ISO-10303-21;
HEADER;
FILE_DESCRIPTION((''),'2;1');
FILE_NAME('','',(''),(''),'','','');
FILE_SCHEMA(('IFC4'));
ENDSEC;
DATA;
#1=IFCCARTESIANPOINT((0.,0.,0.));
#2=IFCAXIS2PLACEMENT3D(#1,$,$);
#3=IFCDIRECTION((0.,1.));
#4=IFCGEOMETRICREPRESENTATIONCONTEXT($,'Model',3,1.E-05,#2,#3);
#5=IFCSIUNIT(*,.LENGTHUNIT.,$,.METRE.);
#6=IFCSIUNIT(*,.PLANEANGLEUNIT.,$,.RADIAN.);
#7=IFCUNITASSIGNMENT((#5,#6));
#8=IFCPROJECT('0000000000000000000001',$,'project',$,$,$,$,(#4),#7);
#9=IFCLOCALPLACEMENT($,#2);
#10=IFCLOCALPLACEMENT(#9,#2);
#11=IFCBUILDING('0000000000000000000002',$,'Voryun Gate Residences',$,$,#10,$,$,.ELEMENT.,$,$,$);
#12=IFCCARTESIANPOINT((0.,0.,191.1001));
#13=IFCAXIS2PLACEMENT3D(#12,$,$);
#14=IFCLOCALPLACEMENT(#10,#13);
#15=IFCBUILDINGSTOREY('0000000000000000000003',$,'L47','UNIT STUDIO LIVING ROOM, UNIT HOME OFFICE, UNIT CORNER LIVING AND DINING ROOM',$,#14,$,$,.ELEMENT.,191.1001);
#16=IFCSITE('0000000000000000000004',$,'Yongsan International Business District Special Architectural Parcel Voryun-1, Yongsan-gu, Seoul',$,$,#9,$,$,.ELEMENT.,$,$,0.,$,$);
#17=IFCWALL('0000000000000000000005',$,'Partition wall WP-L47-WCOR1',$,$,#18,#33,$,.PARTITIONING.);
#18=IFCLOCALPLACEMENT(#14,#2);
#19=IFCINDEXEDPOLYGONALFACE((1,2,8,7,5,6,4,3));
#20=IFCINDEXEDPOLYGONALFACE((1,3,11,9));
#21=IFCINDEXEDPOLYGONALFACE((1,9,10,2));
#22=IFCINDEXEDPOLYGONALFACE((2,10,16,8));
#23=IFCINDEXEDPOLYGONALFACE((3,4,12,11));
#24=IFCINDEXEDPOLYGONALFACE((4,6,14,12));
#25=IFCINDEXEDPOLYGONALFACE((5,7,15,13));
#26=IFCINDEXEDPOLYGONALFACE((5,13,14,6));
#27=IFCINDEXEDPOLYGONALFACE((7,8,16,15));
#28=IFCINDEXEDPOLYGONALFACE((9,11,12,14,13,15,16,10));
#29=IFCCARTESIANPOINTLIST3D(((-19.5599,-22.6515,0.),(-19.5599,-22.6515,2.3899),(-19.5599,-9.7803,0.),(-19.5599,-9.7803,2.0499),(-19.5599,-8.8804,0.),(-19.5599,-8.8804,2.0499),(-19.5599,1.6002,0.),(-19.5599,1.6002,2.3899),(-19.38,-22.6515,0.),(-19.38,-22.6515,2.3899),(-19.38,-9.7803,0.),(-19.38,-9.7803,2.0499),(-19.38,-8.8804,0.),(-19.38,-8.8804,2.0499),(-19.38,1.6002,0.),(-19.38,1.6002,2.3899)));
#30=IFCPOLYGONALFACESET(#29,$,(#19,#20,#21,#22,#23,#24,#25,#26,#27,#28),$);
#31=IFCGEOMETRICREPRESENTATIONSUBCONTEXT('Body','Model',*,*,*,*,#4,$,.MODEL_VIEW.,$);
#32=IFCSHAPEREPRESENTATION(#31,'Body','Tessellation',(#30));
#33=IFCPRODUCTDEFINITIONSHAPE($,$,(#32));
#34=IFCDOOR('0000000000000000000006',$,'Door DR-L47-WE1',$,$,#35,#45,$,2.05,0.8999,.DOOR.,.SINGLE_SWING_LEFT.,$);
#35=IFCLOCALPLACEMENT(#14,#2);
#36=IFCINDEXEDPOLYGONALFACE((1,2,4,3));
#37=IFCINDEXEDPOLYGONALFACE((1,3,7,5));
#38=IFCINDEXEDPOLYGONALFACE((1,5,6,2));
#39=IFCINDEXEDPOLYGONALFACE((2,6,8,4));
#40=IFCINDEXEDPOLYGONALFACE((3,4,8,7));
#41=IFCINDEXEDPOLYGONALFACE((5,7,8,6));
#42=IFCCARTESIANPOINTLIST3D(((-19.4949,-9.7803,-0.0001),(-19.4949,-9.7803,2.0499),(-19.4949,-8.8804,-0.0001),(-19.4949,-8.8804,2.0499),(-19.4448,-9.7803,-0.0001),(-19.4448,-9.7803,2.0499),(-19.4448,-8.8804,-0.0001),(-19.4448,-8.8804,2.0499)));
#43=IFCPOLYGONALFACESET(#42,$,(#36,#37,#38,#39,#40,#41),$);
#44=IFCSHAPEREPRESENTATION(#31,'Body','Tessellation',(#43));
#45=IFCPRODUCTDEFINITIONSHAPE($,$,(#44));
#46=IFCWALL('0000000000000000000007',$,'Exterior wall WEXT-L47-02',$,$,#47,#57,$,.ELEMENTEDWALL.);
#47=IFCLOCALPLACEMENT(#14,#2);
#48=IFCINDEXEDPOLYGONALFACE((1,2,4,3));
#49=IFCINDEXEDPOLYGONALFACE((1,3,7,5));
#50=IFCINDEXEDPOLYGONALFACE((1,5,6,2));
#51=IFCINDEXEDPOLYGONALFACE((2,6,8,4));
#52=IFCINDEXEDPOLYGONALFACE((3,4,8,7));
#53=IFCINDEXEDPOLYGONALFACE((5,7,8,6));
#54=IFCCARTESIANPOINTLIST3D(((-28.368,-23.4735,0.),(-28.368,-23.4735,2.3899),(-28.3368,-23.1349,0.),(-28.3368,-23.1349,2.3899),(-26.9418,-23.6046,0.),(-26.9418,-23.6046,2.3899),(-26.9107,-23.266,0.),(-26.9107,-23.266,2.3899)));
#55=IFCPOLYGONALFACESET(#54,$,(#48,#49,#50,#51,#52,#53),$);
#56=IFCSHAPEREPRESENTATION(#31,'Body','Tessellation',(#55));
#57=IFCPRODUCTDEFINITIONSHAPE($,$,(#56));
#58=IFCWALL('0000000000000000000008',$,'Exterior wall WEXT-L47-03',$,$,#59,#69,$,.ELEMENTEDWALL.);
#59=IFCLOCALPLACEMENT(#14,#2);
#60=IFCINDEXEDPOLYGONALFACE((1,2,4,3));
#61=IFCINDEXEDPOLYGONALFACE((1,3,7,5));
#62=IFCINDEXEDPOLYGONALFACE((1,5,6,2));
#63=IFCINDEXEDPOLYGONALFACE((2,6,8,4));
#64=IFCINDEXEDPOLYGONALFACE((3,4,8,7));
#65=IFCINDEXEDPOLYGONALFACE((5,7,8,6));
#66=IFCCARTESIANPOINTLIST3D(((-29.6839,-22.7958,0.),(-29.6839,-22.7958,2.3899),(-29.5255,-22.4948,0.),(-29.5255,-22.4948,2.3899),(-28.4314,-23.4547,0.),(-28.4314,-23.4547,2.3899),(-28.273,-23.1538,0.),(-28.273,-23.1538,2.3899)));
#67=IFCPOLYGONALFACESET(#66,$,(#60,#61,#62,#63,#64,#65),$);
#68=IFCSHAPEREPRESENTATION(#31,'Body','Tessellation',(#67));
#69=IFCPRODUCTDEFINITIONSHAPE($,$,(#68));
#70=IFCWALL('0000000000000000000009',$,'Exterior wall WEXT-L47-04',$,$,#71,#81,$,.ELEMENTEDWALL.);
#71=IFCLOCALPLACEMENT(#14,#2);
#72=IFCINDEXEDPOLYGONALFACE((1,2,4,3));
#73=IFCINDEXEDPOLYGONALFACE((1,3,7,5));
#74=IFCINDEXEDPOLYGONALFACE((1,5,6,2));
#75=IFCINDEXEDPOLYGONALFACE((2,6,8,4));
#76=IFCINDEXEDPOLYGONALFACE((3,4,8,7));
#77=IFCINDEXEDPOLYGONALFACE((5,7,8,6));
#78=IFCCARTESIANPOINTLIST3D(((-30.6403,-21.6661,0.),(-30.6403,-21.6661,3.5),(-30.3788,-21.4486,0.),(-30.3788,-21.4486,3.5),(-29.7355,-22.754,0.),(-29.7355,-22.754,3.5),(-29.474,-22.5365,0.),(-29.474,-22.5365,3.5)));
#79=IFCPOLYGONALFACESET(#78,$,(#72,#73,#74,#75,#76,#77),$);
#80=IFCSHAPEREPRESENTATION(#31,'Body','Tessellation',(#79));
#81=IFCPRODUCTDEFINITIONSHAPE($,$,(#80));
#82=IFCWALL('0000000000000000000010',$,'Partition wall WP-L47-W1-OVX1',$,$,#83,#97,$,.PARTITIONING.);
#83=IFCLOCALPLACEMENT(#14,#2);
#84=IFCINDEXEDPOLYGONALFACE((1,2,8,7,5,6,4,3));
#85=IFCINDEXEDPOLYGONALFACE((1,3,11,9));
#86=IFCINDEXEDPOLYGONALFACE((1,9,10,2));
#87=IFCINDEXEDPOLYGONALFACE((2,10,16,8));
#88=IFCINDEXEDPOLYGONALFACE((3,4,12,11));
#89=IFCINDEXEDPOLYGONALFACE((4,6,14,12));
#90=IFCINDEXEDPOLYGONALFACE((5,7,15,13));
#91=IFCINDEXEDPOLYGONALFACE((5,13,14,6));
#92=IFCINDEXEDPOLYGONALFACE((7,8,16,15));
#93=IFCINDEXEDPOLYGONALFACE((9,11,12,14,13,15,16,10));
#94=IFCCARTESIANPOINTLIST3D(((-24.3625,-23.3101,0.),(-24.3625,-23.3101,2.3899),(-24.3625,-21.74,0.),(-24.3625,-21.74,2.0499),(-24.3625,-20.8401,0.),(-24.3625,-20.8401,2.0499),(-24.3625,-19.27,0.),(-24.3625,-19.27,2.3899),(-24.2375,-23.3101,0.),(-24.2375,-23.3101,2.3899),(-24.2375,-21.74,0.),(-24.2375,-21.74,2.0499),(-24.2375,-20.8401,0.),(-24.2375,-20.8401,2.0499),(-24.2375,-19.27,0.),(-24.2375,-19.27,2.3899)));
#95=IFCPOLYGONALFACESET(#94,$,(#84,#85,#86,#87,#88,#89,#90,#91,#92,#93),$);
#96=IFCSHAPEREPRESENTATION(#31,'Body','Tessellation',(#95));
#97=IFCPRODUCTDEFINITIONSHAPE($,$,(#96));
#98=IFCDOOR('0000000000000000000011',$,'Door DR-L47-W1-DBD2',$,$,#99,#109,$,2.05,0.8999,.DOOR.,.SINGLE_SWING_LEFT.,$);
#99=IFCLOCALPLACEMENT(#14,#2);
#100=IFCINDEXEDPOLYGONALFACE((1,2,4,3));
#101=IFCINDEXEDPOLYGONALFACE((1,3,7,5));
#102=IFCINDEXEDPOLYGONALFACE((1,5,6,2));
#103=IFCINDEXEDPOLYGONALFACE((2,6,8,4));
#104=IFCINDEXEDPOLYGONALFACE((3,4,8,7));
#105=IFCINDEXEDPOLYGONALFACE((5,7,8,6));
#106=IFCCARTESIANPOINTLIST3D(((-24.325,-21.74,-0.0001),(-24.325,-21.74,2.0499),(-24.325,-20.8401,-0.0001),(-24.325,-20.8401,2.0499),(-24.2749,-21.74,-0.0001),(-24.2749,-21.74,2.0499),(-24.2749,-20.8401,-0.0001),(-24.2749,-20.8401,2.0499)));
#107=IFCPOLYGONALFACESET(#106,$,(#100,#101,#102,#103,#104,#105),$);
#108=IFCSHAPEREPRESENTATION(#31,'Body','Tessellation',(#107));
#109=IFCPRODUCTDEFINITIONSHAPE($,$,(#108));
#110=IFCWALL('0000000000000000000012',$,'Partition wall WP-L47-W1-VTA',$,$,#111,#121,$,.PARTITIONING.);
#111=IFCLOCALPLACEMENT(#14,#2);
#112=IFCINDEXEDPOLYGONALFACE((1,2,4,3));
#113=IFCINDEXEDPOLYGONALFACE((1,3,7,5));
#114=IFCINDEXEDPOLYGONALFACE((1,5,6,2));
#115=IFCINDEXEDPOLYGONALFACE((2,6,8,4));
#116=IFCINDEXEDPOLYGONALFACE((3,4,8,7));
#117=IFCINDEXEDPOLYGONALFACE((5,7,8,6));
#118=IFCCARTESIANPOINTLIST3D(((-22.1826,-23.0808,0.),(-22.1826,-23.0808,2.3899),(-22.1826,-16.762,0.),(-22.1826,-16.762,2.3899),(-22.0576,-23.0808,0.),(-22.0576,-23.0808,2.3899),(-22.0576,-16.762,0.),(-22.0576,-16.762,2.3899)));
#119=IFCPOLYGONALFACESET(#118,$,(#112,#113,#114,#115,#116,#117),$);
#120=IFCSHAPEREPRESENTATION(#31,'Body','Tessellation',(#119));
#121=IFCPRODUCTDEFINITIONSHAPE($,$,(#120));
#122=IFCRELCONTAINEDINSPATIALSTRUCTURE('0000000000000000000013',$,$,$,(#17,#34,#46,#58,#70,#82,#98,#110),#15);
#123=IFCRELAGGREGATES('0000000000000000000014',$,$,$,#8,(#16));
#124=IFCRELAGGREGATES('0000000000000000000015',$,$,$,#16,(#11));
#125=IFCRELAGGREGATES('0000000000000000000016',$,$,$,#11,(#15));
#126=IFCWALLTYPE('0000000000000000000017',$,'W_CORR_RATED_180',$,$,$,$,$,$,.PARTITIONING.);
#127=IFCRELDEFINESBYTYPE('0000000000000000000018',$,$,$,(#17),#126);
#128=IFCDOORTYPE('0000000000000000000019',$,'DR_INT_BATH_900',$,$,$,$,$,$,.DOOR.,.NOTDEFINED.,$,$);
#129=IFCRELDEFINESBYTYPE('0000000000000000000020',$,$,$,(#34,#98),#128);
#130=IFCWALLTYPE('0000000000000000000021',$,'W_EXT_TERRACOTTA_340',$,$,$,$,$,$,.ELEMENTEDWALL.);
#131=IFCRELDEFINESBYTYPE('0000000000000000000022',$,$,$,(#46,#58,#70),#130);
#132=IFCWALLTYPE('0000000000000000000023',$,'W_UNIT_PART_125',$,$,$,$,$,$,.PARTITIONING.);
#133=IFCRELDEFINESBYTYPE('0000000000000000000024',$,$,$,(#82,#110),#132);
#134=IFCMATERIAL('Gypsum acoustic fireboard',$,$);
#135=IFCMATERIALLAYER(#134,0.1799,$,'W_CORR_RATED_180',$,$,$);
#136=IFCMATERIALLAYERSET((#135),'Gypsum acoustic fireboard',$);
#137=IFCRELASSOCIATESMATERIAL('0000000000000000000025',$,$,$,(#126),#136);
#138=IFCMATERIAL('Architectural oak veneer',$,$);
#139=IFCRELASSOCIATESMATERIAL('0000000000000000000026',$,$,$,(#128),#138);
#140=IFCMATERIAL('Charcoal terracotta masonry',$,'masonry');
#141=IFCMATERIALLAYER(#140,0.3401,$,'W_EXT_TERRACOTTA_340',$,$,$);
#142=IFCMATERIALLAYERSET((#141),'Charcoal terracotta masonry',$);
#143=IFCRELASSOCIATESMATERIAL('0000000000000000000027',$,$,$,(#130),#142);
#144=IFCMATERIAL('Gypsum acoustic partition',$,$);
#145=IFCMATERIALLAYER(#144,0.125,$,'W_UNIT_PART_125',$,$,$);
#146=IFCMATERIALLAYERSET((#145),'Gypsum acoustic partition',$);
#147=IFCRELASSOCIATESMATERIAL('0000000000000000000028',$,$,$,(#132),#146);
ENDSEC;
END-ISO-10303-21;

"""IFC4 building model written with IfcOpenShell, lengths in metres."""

from ifc_helpers import new_model, si_unit, direction, frame, frame_2d, origin, place, context, subcontext, project, spatial, rectangle, extrude, material, layer, layer_set, type_object, element, fill, save


model = new_model("IFC4")

# Units and contexts
model_context = context("Model", 3, precision=1e-05, world=origin(), true_north=direction((0.0, 1.0)))
body_context = subcontext(model_context, "Body", "Model", "MODEL_VIEW")
ifc_project = project(units=[si_unit("LENGTHUNIT", "METRE"), si_unit("PLANEANGLEUNIT", "RADIAN")], contexts=[model_context])

# Site, building, storey
site_placement = place(None, origin())
site = spatial("IfcSite", under=ifc_project, at=site_placement, Name="Yongsan International Business District Special Architectural Parcel Voryun-1, Yongsan-gu, Seoul", CompositionType="ELEMENT", RefElevation=0.0)
building_placement = place(site_placement, origin())
building = spatial("IfcBuilding", under=site, at=building_placement, Name="Voryun Gate Residences", CompositionType="ELEMENT")
storey_placement = place(building_placement, frame((0.0, 0.0, 191.1001)))
storey = spatial("IfcBuildingStorey", under=building, at=storey_placement, Name="L47", Description="UNIT STUDIO LIVING ROOM, UNIT HOME OFFICE, UNIT CORNER LIVING AND DINING ROOM", CompositionType="ELEMENT", Elevation=191.1001)

# Wall, opening, door
ifc_material_1 = material(Name="Gypsum acoustic fireboard")
ifc_layer_1 = layer(ifc_material_1, 0.1799, Name="W_CORR_RATED_180")
ifc_layer_set_1 = layer_set([ifc_layer_1], Name="Gypsum acoustic fireboard")
wall_type_1 = type_object("IfcWallType", Name="W_CORR_RATED_180", PredefinedType="PARTITIONING", material=ifc_layer_set_1)
wall_1_placement = place(storey_placement, frame((-19.47, -22.6516, 0.0), z_axis=(0.0, 0.0, 1.0), x_axis=(0.0, 1.0, 0.0)))
wall_1 = element("IfcWall", 1, at=wall_1_placement, inside=storey, type_object=wall_type_1, Name="Partition wall WP-L47-WCOR1", PredefinedType="PARTITIONING", context=body_context, shape_type="SweptSolid", body=[
    extrude(rectangle(XDim=24.2517, YDim=0.1799, at=frame_2d((12.126, 0.0))), origin(), (0.0, 0.0, 1.0), 2.3899),
])
opening_1_placement = place(wall_1_placement, frame((12.8713, 0.0, 0.0)))
opening_1 = element("IfcOpeningElement", 2, at=opening_1_placement, cuts=wall_1, PredefinedType="OPENING", context=body_context, shape_type="SweptSolid", body=[
    extrude(rectangle(XDim=0.8999, YDim=2.05, at=frame_2d((0.45, 1.0249))), frame((0.0, 0.0999, 0.0), z_axis=(0.0, -1.0, 0.0), x_axis=(1.0, 0.0, 0.0)), (0.0, 0.0, 1.0), 0.2),
])
ifc_material_2 = material(Name="Architectural oak veneer")
door_type = type_object("IfcDoorType", Name="DR_INT_BATH_900", OperationType="NOTDEFINED", PredefinedType="DOOR", material=ifc_material_2)
door_1_placement = place(opening_1_placement, origin())
door_1 = element("IfcDoor", 3, at=door_1_placement, inside=storey, type_object=door_type, Name="Door DR-L47-WE1", OperationType="SINGLE_SWING_LEFT", OverallHeight=2.05, OverallWidth=0.8999, PredefinedType="DOOR", context=body_context, shape_type="SweptSolid", body=[
    extrude(rectangle(XDim=0.8999, YDim=2.05, at=frame_2d((0.45, 1.0249))), frame((0.0, 0.0249, 0.0), z_axis=(0.0, -1.0, 0.0), x_axis=(1.0, 0.0, 0.0)), (0.0, 0.0, 1.0), 0.05),
])
fill(opening_1, door_1)

# Walls
ifc_material_3 = material(Name="Charcoal terracotta masonry", Category="masonry")
ifc_layer_2 = layer(ifc_material_3, 0.3401, Name="W_EXT_TERRACOTTA_340")
ifc_layer_set_2 = layer_set([ifc_layer_2], Name="Charcoal terracotta masonry")
wall_type_2 = type_object("IfcWallType", Name="W_EXT_TERRACOTTA_340", PredefinedType="ELEMENTEDWALL", material=ifc_layer_set_2)
wall_2_placement = place(storey_placement, frame((-26.9263, -23.4353, 0.0), z_axis=(0.0, 0.0, 1.0), x_axis=(-0.9958, 0.09155, 0.0)))
element("IfcWall", 4, at=wall_2_placement, inside=storey, type_object=wall_type_2, Name="Exterior wall WEXT-L47-02", PredefinedType="ELEMENTEDWALL", context=body_context, shape_type="SweptSolid", body=[
    extrude(rectangle(XDim=1.4321, YDim=0.3401, at=frame_2d((0.7161, 0.0))), origin(), (0.0, 0.0, 1.0), 2.3899),
])
wall_3_placement = place(storey_placement, frame((-28.3523, -23.3042, 0.0), z_axis=(0.0, 0.0, 1.0), x_axis=(-0.884989, 0.465611, 0.0)))
element("IfcWall", 5, at=wall_3_placement, inside=storey, type_object=wall_type_2, Name="Exterior wall WEXT-L47-03", PredefinedType="ELEMENTEDWALL", context=body_context, shape_type="SweptSolid", body=[
    extrude(rectangle(XDim=1.4153, YDim=0.3401, at=frame_2d((0.7075, 0.0))), origin(), (0.0, 0.0, 1.0), 2.3899),
])
wall_4_placement = place(storey_placement, frame((-29.6047, -22.6453, 0.0), z_axis=(0.0, 0.0, 1.0), x_axis=(-0.639437, 0.768843, 0.0)))
element("IfcWall", 6, at=wall_4_placement, inside=storey, type_object=wall_type_2, Name="Exterior wall WEXT-L47-04", PredefinedType="ELEMENTEDWALL", context=body_context, shape_type="SweptSolid", body=[
    extrude(rectangle(XDim=1.415, YDim=0.3401, at=frame_2d((0.7075, 0.0))), origin(), (0.0, 0.0, 1.0), 3.5),
])

# Wall, opening, door
ifc_material_4 = material(Name="Gypsum acoustic partition")
ifc_layer_3 = layer(ifc_material_4, 0.125, Name="W_UNIT_PART_125")
ifc_layer_set_3 = layer_set([ifc_layer_3], Name="Gypsum acoustic partition")
wall_type_3 = type_object("IfcWallType", Name="W_UNIT_PART_125", PredefinedType="PARTITIONING", material=ifc_layer_set_3)
wall_5_placement = place(storey_placement, frame((-24.3, -23.3101, 0.0), z_axis=(0.0, 0.0, 1.0), x_axis=(0.0, 1.0, 0.0)))
wall_5 = element("IfcWall", 7, at=wall_5_placement, inside=storey, type_object=wall_type_3, Name="Partition wall WP-L47-W1-OVX1", PredefinedType="PARTITIONING", context=body_context, shape_type="SweptSolid", body=[
    extrude(rectangle(XDim=4.04, YDim=0.125, at=frame_2d((2.02, 0.0))), origin(), (0.0, 0.0, 1.0), 2.3899),
])
opening_2_placement = place(wall_5_placement, frame((1.5701, 0.0, 0.0)))
opening_2 = element("IfcOpeningElement", 8, at=opening_2_placement, cuts=wall_5, PredefinedType="OPENING", context=body_context, shape_type="SweptSolid", body=[
    extrude(rectangle(XDim=0.8999, YDim=2.05, at=frame_2d((0.45, 1.0249))), frame((0.0, 0.0725, 0.0), z_axis=(0.0, -1.0, 0.0), x_axis=(1.0, 0.0, 0.0)), (0.0, 0.0, 1.0), 0.145),
])
door_2_placement = place(opening_2_placement, origin())
door_2 = element("IfcDoor", 9, at=door_2_placement, inside=storey, type_object=door_type, Name="Door DR-L47-W1-DBD2", OperationType="SINGLE_SWING_LEFT", OverallHeight=2.05, OverallWidth=0.8999, PredefinedType="DOOR", context=body_context, shape_type="SweptSolid", body=[
    extrude(rectangle(XDim=0.8999, YDim=2.05, at=frame_2d((0.45, 1.0249))), frame((0.0, 0.0249, 0.0), z_axis=(0.0, -1.0, 0.0), x_axis=(1.0, 0.0, 0.0)), (0.0, 0.0, 1.0), 0.05),
])
fill(opening_2, door_2)

# Wall
wall_6_placement = place(storey_placement, frame((-22.1201, -23.0808, 0.0), z_axis=(0.0, 0.0, 1.0), x_axis=(0.0, 1.0, 0.0)))
element("IfcWall", 10, at=wall_6_placement, inside=storey, type_object=wall_type_3, Name="Partition wall WP-L47-W1-VTA", PredefinedType="PARTITIONING", context=body_context, shape_type="SweptSolid", body=[
    extrude(rectangle(XDim=6.3188, YDim=0.125, at=frame_2d((3.1594, 0.0))), origin(), (0.0, 0.0, 1.0), 2.3899),
])

save(model, "model.ifc")
